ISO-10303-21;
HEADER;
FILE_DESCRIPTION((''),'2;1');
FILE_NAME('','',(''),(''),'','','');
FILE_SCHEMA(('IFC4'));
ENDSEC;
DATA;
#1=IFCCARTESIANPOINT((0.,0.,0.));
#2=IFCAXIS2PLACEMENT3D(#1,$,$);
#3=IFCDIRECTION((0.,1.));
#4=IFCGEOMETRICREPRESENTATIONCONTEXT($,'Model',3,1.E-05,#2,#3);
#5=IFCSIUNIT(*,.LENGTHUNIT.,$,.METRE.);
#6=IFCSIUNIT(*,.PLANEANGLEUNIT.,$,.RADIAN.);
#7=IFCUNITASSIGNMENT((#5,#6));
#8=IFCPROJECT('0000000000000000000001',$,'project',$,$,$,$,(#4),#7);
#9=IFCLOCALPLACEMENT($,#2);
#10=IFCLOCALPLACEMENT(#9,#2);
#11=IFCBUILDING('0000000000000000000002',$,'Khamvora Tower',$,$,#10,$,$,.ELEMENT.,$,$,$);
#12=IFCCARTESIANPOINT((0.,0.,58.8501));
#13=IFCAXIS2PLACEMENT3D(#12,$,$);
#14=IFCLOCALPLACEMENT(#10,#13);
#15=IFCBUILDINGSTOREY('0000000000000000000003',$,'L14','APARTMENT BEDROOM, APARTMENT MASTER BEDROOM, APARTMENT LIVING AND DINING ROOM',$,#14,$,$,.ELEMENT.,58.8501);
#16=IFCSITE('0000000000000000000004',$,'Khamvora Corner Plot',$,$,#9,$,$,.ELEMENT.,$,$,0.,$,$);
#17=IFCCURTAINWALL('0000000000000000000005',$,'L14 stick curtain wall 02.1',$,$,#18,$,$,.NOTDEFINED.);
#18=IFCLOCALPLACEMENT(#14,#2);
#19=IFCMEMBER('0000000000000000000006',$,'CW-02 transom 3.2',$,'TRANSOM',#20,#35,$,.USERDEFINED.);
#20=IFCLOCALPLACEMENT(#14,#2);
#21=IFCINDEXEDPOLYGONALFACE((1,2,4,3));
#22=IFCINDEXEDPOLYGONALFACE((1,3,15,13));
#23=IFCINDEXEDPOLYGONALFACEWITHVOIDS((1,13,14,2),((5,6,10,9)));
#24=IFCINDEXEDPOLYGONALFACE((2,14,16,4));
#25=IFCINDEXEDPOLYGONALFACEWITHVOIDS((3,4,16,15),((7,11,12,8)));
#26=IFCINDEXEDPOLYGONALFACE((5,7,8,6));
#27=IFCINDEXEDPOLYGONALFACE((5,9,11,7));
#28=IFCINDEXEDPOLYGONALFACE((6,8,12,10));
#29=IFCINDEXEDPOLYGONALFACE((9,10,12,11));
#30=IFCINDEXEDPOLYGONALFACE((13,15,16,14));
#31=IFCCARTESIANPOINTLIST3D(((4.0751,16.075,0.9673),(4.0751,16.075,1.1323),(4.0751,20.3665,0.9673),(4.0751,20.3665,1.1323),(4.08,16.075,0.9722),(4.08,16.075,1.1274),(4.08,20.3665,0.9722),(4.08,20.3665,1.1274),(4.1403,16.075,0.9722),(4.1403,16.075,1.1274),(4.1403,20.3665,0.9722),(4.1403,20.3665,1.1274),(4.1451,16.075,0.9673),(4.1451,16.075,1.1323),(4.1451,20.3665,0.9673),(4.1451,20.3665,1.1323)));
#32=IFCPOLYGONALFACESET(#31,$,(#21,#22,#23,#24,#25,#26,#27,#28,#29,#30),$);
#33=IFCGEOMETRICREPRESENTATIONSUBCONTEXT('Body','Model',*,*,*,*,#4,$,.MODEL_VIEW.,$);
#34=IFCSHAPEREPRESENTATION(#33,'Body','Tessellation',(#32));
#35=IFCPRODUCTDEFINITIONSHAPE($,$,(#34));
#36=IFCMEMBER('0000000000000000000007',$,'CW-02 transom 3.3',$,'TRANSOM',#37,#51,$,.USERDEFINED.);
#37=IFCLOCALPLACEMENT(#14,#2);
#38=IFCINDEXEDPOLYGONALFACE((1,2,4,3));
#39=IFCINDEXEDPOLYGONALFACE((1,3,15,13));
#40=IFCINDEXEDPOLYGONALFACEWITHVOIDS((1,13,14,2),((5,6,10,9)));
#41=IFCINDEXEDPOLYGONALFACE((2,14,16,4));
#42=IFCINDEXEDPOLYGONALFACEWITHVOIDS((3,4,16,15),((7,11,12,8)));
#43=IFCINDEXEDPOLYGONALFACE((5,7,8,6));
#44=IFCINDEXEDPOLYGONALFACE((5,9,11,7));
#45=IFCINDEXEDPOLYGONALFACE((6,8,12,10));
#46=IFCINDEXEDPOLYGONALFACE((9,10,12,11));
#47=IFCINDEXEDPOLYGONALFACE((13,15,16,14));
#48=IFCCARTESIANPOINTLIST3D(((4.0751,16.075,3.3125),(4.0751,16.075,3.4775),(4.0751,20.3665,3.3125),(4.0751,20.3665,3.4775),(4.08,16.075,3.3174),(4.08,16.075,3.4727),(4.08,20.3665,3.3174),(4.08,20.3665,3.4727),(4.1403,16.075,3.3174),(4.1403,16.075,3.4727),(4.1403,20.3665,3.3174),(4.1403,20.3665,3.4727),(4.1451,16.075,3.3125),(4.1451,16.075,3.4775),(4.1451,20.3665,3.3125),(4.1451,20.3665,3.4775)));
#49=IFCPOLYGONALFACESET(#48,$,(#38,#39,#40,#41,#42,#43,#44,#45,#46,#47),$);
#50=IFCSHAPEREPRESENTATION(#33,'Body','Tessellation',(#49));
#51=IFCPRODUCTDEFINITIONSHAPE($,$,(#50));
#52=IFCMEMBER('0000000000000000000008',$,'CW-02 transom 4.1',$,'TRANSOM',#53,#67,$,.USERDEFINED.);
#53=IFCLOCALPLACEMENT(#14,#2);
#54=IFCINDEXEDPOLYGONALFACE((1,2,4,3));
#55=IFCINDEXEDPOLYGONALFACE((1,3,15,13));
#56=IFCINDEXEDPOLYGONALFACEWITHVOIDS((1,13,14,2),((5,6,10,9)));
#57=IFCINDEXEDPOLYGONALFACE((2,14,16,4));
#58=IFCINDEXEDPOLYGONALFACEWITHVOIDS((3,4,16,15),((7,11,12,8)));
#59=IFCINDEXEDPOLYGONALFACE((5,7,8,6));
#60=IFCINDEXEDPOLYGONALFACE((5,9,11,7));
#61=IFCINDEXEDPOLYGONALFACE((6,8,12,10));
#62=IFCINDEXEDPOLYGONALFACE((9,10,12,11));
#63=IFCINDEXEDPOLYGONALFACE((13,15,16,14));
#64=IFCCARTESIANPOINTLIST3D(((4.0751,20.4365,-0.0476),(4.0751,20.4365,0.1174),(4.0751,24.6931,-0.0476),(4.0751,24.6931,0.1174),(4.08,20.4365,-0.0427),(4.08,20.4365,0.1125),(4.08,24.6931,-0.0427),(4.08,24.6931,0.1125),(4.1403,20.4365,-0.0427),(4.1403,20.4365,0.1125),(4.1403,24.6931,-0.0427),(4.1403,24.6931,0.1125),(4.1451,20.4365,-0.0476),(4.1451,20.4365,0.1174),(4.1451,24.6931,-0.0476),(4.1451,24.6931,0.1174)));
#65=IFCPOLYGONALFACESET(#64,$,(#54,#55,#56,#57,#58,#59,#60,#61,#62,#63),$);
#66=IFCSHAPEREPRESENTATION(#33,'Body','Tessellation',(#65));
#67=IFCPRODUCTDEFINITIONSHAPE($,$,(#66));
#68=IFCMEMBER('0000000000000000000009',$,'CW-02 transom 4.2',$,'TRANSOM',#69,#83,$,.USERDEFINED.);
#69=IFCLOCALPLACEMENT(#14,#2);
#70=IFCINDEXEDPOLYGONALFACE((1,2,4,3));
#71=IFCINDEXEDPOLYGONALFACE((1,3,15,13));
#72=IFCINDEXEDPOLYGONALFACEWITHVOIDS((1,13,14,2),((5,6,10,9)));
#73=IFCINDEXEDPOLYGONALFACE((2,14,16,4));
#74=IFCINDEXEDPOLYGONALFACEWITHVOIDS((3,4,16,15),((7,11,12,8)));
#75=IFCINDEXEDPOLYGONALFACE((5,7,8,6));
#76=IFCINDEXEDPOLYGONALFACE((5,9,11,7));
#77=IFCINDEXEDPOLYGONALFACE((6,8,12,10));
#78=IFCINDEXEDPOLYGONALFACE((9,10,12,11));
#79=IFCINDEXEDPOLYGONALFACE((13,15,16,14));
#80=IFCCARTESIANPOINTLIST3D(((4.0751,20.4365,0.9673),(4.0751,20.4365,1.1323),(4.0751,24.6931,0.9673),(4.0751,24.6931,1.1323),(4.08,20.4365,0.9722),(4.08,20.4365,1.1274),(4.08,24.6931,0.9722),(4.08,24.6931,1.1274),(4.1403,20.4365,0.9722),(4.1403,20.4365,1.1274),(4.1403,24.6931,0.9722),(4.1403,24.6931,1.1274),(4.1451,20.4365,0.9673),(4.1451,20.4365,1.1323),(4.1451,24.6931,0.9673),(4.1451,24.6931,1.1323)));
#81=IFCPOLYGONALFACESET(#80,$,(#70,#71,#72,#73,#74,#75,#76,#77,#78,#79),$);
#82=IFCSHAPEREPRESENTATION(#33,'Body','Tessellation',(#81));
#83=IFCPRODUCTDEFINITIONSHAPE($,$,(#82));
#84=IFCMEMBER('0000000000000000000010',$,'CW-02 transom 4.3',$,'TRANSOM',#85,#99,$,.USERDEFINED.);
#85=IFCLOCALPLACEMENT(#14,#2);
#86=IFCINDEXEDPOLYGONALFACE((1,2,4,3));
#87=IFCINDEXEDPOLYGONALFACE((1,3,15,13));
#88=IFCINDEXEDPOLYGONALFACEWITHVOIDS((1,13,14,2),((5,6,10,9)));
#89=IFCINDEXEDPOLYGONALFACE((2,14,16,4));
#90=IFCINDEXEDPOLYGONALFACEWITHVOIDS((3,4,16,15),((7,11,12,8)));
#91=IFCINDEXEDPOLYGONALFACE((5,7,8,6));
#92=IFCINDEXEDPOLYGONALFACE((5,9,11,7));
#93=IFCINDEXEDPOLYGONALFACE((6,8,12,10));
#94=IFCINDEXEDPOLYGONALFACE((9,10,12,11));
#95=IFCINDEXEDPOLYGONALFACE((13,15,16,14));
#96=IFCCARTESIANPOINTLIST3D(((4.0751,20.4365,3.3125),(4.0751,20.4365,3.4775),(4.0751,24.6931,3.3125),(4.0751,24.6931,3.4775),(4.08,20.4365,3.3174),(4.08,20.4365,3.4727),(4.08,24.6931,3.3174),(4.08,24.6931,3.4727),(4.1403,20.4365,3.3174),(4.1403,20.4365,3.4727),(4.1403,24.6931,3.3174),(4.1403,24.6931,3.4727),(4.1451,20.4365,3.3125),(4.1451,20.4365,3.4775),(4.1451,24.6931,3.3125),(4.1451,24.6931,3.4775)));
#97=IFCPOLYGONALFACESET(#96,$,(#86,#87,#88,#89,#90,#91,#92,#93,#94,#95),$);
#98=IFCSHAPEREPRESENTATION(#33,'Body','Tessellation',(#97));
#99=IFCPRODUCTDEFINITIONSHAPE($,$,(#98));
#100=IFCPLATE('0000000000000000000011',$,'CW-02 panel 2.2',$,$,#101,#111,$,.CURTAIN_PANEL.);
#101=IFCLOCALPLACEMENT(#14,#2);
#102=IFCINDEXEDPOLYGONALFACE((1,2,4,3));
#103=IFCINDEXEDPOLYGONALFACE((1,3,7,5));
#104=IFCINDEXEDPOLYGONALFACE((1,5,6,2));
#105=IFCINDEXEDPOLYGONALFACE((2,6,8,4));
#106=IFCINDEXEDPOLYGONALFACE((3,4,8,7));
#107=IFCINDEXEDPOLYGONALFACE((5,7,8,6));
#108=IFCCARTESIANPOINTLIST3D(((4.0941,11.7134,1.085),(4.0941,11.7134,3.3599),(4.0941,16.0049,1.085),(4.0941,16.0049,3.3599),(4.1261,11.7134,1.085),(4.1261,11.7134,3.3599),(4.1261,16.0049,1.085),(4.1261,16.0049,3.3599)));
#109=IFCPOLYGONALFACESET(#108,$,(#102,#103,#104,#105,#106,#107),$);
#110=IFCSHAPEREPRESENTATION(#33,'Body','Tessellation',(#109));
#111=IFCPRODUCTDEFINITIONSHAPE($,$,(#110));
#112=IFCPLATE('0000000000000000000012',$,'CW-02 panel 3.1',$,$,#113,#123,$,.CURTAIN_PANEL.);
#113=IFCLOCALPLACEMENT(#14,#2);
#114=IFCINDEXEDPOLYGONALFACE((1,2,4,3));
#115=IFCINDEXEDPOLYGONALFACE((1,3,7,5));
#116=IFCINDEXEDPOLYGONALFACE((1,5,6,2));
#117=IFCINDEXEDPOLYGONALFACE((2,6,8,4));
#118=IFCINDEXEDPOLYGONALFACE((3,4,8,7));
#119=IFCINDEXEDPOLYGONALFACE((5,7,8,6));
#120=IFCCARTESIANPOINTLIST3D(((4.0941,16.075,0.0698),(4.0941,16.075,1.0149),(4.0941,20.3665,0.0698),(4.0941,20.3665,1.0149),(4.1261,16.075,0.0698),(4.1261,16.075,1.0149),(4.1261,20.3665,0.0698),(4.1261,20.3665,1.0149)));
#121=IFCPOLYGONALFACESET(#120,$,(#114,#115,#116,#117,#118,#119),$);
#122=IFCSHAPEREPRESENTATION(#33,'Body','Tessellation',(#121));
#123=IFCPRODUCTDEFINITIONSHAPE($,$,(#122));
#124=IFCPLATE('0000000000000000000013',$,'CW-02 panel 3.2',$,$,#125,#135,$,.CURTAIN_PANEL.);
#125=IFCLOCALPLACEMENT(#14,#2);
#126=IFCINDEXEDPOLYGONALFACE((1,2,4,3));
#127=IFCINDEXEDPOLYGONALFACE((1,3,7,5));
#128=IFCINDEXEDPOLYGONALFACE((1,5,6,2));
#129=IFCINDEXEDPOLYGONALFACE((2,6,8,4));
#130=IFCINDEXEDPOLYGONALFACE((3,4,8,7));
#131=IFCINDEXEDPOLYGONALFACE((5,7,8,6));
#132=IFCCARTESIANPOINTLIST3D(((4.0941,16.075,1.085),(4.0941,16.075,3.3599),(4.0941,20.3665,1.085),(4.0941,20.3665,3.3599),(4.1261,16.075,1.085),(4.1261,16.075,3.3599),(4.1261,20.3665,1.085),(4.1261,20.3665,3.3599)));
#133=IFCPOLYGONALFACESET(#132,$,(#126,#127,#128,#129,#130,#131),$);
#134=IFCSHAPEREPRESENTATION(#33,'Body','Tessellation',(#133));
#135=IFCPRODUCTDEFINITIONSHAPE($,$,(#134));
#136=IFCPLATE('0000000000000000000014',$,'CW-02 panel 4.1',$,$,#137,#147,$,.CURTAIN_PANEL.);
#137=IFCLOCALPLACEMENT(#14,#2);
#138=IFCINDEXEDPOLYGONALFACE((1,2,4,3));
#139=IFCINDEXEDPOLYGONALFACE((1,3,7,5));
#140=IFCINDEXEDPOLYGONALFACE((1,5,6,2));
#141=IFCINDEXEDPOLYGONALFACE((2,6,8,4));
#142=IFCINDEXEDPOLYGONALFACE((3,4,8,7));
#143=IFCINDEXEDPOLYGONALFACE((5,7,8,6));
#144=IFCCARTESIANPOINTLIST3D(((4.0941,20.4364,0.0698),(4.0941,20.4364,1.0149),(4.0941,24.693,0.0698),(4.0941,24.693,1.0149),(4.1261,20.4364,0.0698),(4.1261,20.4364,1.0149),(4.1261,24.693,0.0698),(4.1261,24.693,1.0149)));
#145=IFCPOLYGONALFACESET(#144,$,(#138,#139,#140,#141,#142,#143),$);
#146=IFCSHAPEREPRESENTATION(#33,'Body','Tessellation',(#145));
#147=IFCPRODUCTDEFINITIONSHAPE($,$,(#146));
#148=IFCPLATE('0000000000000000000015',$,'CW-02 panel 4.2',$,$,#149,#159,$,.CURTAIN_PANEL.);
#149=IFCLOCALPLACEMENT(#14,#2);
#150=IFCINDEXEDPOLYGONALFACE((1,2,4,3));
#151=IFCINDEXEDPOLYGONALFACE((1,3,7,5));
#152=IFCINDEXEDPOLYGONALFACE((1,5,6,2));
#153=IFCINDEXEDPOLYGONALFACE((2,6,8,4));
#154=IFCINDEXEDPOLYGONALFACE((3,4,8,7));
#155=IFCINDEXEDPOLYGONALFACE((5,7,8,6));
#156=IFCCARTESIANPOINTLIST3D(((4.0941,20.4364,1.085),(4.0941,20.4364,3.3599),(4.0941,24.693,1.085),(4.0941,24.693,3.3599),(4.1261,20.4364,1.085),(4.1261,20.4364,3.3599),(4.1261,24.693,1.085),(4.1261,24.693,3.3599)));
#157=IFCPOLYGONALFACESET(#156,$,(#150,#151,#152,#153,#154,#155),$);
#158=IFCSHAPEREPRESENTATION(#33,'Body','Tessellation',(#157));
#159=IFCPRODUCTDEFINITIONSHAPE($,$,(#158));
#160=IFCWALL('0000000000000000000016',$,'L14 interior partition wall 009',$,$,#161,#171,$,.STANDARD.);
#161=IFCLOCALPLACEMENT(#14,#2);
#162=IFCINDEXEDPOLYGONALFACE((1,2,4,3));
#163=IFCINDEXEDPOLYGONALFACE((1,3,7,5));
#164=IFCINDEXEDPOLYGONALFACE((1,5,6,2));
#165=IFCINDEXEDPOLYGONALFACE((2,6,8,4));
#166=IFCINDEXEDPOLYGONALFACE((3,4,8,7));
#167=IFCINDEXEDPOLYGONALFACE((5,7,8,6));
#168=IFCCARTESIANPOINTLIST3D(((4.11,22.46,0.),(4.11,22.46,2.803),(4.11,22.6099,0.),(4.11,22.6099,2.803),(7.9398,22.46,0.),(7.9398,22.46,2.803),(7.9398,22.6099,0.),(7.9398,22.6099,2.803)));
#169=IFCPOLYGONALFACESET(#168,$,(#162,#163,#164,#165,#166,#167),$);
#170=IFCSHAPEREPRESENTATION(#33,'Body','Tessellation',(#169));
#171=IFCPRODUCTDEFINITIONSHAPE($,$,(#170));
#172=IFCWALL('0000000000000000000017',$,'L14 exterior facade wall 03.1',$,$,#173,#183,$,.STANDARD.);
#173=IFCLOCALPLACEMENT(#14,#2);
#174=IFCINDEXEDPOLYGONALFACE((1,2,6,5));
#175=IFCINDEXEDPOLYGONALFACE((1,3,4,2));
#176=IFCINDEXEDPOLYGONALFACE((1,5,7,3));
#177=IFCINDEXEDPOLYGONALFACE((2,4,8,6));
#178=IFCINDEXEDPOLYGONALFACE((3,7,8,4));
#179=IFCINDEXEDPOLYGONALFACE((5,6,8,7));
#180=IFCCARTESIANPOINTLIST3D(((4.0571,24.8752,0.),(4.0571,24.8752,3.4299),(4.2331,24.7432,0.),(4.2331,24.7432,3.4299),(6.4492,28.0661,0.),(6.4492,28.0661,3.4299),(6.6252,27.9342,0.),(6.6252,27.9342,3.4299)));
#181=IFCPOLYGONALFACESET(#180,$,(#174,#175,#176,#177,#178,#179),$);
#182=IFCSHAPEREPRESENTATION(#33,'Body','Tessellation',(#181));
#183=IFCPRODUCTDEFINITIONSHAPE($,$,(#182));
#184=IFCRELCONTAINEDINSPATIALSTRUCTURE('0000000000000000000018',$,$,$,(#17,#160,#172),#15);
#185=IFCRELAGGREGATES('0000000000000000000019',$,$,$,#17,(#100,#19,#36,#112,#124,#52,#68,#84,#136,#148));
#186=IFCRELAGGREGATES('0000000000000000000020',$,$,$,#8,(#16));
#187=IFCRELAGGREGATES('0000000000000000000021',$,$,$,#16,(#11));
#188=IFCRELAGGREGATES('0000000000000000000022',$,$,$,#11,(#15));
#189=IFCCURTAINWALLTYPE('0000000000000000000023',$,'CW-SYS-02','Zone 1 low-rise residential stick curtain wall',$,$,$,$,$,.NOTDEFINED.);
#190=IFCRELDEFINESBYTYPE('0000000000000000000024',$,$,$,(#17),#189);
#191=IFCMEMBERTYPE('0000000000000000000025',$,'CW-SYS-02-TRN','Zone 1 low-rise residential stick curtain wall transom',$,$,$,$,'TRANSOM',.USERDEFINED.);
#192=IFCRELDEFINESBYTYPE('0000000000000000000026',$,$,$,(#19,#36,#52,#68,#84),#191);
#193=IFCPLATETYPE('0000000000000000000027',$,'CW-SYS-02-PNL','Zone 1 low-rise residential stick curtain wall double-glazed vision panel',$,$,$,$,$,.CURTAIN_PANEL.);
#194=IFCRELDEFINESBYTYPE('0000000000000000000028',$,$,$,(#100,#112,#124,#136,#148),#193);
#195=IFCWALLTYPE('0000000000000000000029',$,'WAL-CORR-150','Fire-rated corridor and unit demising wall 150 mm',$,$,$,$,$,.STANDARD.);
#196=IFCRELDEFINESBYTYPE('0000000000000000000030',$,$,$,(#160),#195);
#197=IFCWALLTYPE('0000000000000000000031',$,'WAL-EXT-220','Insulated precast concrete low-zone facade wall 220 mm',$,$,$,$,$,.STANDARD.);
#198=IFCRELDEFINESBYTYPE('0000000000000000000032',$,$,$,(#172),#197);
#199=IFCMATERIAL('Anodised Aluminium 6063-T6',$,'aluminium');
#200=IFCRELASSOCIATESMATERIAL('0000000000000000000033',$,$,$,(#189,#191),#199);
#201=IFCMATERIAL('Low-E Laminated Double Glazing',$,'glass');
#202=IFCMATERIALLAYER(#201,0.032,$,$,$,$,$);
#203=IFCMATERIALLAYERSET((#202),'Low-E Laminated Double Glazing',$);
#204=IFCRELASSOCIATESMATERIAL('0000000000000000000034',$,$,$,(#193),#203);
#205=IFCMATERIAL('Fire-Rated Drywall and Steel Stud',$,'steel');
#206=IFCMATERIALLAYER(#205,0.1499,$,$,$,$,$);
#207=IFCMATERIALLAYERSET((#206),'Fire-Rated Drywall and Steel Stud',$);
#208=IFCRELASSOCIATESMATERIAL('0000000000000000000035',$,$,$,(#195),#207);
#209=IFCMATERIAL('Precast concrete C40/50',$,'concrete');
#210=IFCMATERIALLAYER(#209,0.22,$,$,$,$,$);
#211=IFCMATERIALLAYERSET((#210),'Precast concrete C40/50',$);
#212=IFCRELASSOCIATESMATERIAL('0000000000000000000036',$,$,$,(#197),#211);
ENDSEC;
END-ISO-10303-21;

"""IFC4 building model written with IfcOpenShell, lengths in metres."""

from ifc_helpers import new_model, si_unit, direction, frame, frame_2d, origin, origin_2d, place, context, subcontext, project, spatial, rectangle, hollow_rectangle, extrude, material, layer, layer_set, material_profile, profile_set, type_object, element, aggregate, save


model = new_model("IFC4")

# Units and contexts
model_context = context("Model", 3, precision=1e-05, world=origin(), true_north=direction((0.0, 1.0)))
body_context = subcontext(model_context, "Body", "Model", "MODEL_VIEW")
ifc_project = project(units=[si_unit("LENGTHUNIT", "METRE"), si_unit("PLANEANGLEUNIT", "RADIAN")], contexts=[model_context])

# Site, building, storey
site_placement = place(None, origin())
site = spatial("IfcSite", under=ifc_project, at=site_placement, Name="Khamvora Corner Plot", CompositionType="ELEMENT", RefElevation=0.0)
building_placement = place(site_placement, origin())
building = spatial("IfcBuilding", under=site, at=building_placement, Name="Khamvora Tower", CompositionType="ELEMENT")
storey_placement = place(building_placement, frame((0.0, 0.0, 58.8501)))
storey = spatial("IfcBuildingStorey", under=building, at=storey_placement, Name="L14", Description="APARTMENT BEDROOM, APARTMENT MASTER BEDROOM, APARTMENT LIVING AND DINING ROOM", CompositionType="ELEMENT", Elevation=58.8501)

# Curtain wall, members, plates
ifc_material_1 = material(Name="Anodised Aluminium 6063-T6", Category="aluminium")
curtain_wall_type = type_object("IfcCurtainWallType", Name="CW-SYS-02", Description="Zone 1 low-rise residential stick curtain wall", PredefinedType="NOTDEFINED", material=ifc_material_1)
curtain_wall_placement = place(storey_placement, origin())
curtain_wall = element("IfcCurtainWall", 1, at=curtain_wall_placement, inside=storey, type_object=curtain_wall_type, Name="L14 stick curtain wall 02.1", PredefinedType="NOTDEFINED")
ifc_material_profile_1 = material_profile(ifc_material_1, hollow_rectangle(XDim=0.0701, YDim=0.165, WallThickness=0.0049, at=origin_2d()), Name="TRN70x165x5")
ifc_profile_set_1 = profile_set([ifc_material_profile_1], Name="Anodised Aluminium 6063-T6")
member_type_1 = type_object("IfcMemberType", Name="CW-SYS-02-TRN", Description="Zone 1 low-rise residential stick curtain wall transom", ElementType="TRANSOM", PredefinedType="USERDEFINED", material=ifc_profile_set_1)
member_1_placement = place(storey_placement, frame((4.1101, 16.075, 1.0498), z_axis=(0.0, 1.0, 0.0), x_axis=(-1.0, 0.0, 0.0)))
member_1 = element("IfcMember", 2, at=member_1_placement, type_object=member_type_1, Name="CW-02 transom 3.2", ObjectType="TRANSOM", PredefinedType="USERDEFINED", context=body_context, shape_type="SweptSolid", body=[
    extrude(hollow_rectangle(XDim=0.0701, YDim=0.165, WallThickness=0.0049, at=origin_2d()), origin(), (0.0, 0.0, 1.0), 4.2915),
])
member_2_placement = place(storey_placement, frame((4.1101, 16.075, 3.395), z_axis=(0.0, 1.0, 0.0), x_axis=(-1.0, 0.0, 0.0)))
member_2 = element("IfcMember", 3, at=member_2_placement, type_object=member_type_1, Name="CW-02 transom 3.3", ObjectType="TRANSOM", PredefinedType="USERDEFINED", context=body_context, shape_type="SweptSolid", body=[
    extrude(hollow_rectangle(XDim=0.0701, YDim=0.165, WallThickness=0.0049, at=origin_2d()), origin(), (0.0, 0.0, 1.0), 4.2915),
])
member_3_placement = place(storey_placement, frame((4.1101, 20.4365, 0.0349), z_axis=(0.0, 1.0, 0.0), x_axis=(-1.0, 0.0, 0.0)))
member_3 = element("IfcMember", 4, at=member_3_placement, type_object=member_type_1, Name="CW-02 transom 4.1", ObjectType="TRANSOM", PredefinedType="USERDEFINED", context=body_context, shape_type="SweptSolid", body=[
    extrude(hollow_rectangle(XDim=0.0701, YDim=0.165, WallThickness=0.0049, at=origin_2d()), origin(), (0.0, 0.0, 1.0), 4.2566),
])
member_4_placement = place(storey_placement, frame((4.1101, 20.4365, 1.0498), z_axis=(0.0, 1.0, 0.0), x_axis=(-1.0, 0.0, 0.0)))
member_4 = element("IfcMember", 5, at=member_4_placement, type_object=member_type_1, Name="CW-02 transom 4.2", ObjectType="TRANSOM", PredefinedType="USERDEFINED", context=body_context, shape_type="SweptSolid", body=[
    extrude(hollow_rectangle(XDim=0.0701, YDim=0.165, WallThickness=0.0049, at=origin_2d()), origin(), (0.0, 0.0, 1.0), 4.2566),
])
member_5_placement = place(storey_placement, frame((4.1101, 20.4365, 3.395), z_axis=(0.0, 1.0, 0.0), x_axis=(-1.0, 0.0, 0.0)))
member_5 = element("IfcMember", 6, at=member_5_placement, type_object=member_type_1, Name="CW-02 transom 4.3", ObjectType="TRANSOM", PredefinedType="USERDEFINED", context=body_context, shape_type="SweptSolid", body=[
    extrude(hollow_rectangle(XDim=0.0701, YDim=0.165, WallThickness=0.0049, at=origin_2d()), origin(), (0.0, 0.0, 1.0), 4.2566),
])
ifc_material_2 = material(Name="Low-E Laminated Double Glazing", Category="glass")
ifc_layer_1 = layer(ifc_material_2, 0.032)
ifc_layer_set_1 = layer_set([ifc_layer_1], Name="Low-E Laminated Double Glazing")
plate_type = type_object("IfcPlateType", Name="CW-SYS-02-PNL", Description="Zone 1 low-rise residential stick curtain wall double-glazed vision panel", PredefinedType="CURTAIN_PANEL", material=ifc_layer_set_1)
plate_1_placement = place(storey_placement, frame((4.1101, 13.8591, 1.085), z_axis=(0.0, 0.0, 1.0), x_axis=(0.0, 1.0, 0.0)))
plate_1 = element("IfcPlate", 7, at=plate_1_placement, type_object=plate_type, Name="CW-02 panel 2.2", PredefinedType="CURTAIN_PANEL", context=body_context, shape_type="SweptSolid", body=[
    extrude(rectangle(XDim=4.2915, YDim=0.032, at=origin_2d()), origin(), (0.0, 0.0, 1.0), 2.2749),
])
plate_2_placement = place(storey_placement, frame((4.1101, 18.2207, 0.0698), z_axis=(0.0, 0.0, 1.0), x_axis=(0.0, 1.0, 0.0)))
plate_2 = element("IfcPlate", 8, at=plate_2_placement, type_object=plate_type, Name="CW-02 panel 3.1", PredefinedType="CURTAIN_PANEL", context=body_context, shape_type="SweptSolid", body=[
    extrude(rectangle(XDim=4.2915, YDim=0.032, at=origin_2d()), origin(), (0.0, 0.0, 1.0), 0.9451),
])
plate_3_placement = place(storey_placement, frame((4.1101, 18.2207, 1.085), z_axis=(0.0, 0.0, 1.0), x_axis=(0.0, 1.0, 0.0)))
plate_3 = element("IfcPlate", 9, at=plate_3_placement, type_object=plate_type, Name="CW-02 panel 3.2", PredefinedType="CURTAIN_PANEL", context=body_context, shape_type="SweptSolid", body=[
    extrude(rectangle(XDim=4.2915, YDim=0.032, at=origin_2d()), origin(), (0.0, 0.0, 1.0), 2.2749),
])
plate_4_placement = place(storey_placement, frame((4.1101, 22.5647, 0.0698), z_axis=(0.0, 0.0, 1.0), x_axis=(0.0, 1.0, 0.0)))
plate_4 = element("IfcPlate", 10, at=plate_4_placement, type_object=plate_type, Name="CW-02 panel 4.1", PredefinedType="CURTAIN_PANEL", context=body_context, shape_type="SweptSolid", body=[
    extrude(rectangle(XDim=4.2566, YDim=0.032, at=origin_2d()), origin(), (0.0, 0.0, 1.0), 0.9451),
])
plate_5_placement = place(storey_placement, frame((4.1101, 22.5647, 1.085), z_axis=(0.0, 0.0, 1.0), x_axis=(0.0, 1.0, 0.0)))
plate_5 = element("IfcPlate", 11, at=plate_5_placement, type_object=plate_type, Name="CW-02 panel 4.2", PredefinedType="CURTAIN_PANEL", context=body_context, shape_type="SweptSolid", body=[
    extrude(rectangle(XDim=4.2566, YDim=0.032, at=origin_2d()), origin(), (0.0, 0.0, 1.0), 2.2749),
])
aggregate(curtain_wall, [plate_1, member_1, member_2, plate_2, plate_3, member_3, member_4, member_5, plate_4, plate_5])

# Walls
ifc_material_3 = material(Name="Fire-Rated Drywall and Steel Stud", Category="steel")
ifc_layer_2 = layer(ifc_material_3, 0.1499)
ifc_layer_set_2 = layer_set([ifc_layer_2], Name="Fire-Rated Drywall and Steel Stud")
wall_type_1 = type_object("IfcWallType", Name="WAL-CORR-150", Description="Fire-rated corridor and unit demising wall 150 mm", PredefinedType="STANDARD", material=ifc_layer_set_2)
wall_1_placement = place(storey_placement, frame((7.9399, 22.5349, 0.0), z_axis=(0.0, 0.0, 1.0), x_axis=(-1.0, 0.0, 0.0)))
element("IfcWall", 12, at=wall_1_placement, inside=storey, type_object=wall_type_1, Name="L14 interior partition wall 009", PredefinedType="STANDARD", context=body_context, shape_type="SweptSolid", body=[
    extrude(rectangle(XDim=3.8298, YDim=0.1499, at=frame_2d((1.915, 0.0))), origin(), (0.0, 0.0, 1.0), 2.803),
])
ifc_material_4 = material(Name="Precast concrete C40/50", Category="concrete")
ifc_layer_3 = layer(ifc_material_4, 0.22)
ifc_layer_set_3 = layer_set([ifc_layer_3], Name="Precast concrete C40/50")
wall_type_2 = type_object("IfcWallType", Name="WAL-EXT-220", Description="Insulated precast concrete low-zone facade wall 220 mm", PredefinedType="STANDARD", material=ifc_layer_set_3)
wall_2_placement = place(storey_placement, frame((4.145, 24.8091, 0.0), z_axis=(0.0, 0.0, 1.0), x_axis=(0.599824, 0.800132, 0.0)))
element("IfcWall", 13, at=wall_2_placement, inside=storey, type_object=wall_type_2, Name="L14 exterior facade wall 03.1", PredefinedType="STANDARD", context=body_context, shape_type="SweptSolid", body=[
    extrude(rectangle(XDim=3.988, YDim=0.22, at=frame_2d((1.9941, 0.0))), origin(), (0.0, 0.0, 1.0), 3.4299),
])

save(model, "model.ifc")
